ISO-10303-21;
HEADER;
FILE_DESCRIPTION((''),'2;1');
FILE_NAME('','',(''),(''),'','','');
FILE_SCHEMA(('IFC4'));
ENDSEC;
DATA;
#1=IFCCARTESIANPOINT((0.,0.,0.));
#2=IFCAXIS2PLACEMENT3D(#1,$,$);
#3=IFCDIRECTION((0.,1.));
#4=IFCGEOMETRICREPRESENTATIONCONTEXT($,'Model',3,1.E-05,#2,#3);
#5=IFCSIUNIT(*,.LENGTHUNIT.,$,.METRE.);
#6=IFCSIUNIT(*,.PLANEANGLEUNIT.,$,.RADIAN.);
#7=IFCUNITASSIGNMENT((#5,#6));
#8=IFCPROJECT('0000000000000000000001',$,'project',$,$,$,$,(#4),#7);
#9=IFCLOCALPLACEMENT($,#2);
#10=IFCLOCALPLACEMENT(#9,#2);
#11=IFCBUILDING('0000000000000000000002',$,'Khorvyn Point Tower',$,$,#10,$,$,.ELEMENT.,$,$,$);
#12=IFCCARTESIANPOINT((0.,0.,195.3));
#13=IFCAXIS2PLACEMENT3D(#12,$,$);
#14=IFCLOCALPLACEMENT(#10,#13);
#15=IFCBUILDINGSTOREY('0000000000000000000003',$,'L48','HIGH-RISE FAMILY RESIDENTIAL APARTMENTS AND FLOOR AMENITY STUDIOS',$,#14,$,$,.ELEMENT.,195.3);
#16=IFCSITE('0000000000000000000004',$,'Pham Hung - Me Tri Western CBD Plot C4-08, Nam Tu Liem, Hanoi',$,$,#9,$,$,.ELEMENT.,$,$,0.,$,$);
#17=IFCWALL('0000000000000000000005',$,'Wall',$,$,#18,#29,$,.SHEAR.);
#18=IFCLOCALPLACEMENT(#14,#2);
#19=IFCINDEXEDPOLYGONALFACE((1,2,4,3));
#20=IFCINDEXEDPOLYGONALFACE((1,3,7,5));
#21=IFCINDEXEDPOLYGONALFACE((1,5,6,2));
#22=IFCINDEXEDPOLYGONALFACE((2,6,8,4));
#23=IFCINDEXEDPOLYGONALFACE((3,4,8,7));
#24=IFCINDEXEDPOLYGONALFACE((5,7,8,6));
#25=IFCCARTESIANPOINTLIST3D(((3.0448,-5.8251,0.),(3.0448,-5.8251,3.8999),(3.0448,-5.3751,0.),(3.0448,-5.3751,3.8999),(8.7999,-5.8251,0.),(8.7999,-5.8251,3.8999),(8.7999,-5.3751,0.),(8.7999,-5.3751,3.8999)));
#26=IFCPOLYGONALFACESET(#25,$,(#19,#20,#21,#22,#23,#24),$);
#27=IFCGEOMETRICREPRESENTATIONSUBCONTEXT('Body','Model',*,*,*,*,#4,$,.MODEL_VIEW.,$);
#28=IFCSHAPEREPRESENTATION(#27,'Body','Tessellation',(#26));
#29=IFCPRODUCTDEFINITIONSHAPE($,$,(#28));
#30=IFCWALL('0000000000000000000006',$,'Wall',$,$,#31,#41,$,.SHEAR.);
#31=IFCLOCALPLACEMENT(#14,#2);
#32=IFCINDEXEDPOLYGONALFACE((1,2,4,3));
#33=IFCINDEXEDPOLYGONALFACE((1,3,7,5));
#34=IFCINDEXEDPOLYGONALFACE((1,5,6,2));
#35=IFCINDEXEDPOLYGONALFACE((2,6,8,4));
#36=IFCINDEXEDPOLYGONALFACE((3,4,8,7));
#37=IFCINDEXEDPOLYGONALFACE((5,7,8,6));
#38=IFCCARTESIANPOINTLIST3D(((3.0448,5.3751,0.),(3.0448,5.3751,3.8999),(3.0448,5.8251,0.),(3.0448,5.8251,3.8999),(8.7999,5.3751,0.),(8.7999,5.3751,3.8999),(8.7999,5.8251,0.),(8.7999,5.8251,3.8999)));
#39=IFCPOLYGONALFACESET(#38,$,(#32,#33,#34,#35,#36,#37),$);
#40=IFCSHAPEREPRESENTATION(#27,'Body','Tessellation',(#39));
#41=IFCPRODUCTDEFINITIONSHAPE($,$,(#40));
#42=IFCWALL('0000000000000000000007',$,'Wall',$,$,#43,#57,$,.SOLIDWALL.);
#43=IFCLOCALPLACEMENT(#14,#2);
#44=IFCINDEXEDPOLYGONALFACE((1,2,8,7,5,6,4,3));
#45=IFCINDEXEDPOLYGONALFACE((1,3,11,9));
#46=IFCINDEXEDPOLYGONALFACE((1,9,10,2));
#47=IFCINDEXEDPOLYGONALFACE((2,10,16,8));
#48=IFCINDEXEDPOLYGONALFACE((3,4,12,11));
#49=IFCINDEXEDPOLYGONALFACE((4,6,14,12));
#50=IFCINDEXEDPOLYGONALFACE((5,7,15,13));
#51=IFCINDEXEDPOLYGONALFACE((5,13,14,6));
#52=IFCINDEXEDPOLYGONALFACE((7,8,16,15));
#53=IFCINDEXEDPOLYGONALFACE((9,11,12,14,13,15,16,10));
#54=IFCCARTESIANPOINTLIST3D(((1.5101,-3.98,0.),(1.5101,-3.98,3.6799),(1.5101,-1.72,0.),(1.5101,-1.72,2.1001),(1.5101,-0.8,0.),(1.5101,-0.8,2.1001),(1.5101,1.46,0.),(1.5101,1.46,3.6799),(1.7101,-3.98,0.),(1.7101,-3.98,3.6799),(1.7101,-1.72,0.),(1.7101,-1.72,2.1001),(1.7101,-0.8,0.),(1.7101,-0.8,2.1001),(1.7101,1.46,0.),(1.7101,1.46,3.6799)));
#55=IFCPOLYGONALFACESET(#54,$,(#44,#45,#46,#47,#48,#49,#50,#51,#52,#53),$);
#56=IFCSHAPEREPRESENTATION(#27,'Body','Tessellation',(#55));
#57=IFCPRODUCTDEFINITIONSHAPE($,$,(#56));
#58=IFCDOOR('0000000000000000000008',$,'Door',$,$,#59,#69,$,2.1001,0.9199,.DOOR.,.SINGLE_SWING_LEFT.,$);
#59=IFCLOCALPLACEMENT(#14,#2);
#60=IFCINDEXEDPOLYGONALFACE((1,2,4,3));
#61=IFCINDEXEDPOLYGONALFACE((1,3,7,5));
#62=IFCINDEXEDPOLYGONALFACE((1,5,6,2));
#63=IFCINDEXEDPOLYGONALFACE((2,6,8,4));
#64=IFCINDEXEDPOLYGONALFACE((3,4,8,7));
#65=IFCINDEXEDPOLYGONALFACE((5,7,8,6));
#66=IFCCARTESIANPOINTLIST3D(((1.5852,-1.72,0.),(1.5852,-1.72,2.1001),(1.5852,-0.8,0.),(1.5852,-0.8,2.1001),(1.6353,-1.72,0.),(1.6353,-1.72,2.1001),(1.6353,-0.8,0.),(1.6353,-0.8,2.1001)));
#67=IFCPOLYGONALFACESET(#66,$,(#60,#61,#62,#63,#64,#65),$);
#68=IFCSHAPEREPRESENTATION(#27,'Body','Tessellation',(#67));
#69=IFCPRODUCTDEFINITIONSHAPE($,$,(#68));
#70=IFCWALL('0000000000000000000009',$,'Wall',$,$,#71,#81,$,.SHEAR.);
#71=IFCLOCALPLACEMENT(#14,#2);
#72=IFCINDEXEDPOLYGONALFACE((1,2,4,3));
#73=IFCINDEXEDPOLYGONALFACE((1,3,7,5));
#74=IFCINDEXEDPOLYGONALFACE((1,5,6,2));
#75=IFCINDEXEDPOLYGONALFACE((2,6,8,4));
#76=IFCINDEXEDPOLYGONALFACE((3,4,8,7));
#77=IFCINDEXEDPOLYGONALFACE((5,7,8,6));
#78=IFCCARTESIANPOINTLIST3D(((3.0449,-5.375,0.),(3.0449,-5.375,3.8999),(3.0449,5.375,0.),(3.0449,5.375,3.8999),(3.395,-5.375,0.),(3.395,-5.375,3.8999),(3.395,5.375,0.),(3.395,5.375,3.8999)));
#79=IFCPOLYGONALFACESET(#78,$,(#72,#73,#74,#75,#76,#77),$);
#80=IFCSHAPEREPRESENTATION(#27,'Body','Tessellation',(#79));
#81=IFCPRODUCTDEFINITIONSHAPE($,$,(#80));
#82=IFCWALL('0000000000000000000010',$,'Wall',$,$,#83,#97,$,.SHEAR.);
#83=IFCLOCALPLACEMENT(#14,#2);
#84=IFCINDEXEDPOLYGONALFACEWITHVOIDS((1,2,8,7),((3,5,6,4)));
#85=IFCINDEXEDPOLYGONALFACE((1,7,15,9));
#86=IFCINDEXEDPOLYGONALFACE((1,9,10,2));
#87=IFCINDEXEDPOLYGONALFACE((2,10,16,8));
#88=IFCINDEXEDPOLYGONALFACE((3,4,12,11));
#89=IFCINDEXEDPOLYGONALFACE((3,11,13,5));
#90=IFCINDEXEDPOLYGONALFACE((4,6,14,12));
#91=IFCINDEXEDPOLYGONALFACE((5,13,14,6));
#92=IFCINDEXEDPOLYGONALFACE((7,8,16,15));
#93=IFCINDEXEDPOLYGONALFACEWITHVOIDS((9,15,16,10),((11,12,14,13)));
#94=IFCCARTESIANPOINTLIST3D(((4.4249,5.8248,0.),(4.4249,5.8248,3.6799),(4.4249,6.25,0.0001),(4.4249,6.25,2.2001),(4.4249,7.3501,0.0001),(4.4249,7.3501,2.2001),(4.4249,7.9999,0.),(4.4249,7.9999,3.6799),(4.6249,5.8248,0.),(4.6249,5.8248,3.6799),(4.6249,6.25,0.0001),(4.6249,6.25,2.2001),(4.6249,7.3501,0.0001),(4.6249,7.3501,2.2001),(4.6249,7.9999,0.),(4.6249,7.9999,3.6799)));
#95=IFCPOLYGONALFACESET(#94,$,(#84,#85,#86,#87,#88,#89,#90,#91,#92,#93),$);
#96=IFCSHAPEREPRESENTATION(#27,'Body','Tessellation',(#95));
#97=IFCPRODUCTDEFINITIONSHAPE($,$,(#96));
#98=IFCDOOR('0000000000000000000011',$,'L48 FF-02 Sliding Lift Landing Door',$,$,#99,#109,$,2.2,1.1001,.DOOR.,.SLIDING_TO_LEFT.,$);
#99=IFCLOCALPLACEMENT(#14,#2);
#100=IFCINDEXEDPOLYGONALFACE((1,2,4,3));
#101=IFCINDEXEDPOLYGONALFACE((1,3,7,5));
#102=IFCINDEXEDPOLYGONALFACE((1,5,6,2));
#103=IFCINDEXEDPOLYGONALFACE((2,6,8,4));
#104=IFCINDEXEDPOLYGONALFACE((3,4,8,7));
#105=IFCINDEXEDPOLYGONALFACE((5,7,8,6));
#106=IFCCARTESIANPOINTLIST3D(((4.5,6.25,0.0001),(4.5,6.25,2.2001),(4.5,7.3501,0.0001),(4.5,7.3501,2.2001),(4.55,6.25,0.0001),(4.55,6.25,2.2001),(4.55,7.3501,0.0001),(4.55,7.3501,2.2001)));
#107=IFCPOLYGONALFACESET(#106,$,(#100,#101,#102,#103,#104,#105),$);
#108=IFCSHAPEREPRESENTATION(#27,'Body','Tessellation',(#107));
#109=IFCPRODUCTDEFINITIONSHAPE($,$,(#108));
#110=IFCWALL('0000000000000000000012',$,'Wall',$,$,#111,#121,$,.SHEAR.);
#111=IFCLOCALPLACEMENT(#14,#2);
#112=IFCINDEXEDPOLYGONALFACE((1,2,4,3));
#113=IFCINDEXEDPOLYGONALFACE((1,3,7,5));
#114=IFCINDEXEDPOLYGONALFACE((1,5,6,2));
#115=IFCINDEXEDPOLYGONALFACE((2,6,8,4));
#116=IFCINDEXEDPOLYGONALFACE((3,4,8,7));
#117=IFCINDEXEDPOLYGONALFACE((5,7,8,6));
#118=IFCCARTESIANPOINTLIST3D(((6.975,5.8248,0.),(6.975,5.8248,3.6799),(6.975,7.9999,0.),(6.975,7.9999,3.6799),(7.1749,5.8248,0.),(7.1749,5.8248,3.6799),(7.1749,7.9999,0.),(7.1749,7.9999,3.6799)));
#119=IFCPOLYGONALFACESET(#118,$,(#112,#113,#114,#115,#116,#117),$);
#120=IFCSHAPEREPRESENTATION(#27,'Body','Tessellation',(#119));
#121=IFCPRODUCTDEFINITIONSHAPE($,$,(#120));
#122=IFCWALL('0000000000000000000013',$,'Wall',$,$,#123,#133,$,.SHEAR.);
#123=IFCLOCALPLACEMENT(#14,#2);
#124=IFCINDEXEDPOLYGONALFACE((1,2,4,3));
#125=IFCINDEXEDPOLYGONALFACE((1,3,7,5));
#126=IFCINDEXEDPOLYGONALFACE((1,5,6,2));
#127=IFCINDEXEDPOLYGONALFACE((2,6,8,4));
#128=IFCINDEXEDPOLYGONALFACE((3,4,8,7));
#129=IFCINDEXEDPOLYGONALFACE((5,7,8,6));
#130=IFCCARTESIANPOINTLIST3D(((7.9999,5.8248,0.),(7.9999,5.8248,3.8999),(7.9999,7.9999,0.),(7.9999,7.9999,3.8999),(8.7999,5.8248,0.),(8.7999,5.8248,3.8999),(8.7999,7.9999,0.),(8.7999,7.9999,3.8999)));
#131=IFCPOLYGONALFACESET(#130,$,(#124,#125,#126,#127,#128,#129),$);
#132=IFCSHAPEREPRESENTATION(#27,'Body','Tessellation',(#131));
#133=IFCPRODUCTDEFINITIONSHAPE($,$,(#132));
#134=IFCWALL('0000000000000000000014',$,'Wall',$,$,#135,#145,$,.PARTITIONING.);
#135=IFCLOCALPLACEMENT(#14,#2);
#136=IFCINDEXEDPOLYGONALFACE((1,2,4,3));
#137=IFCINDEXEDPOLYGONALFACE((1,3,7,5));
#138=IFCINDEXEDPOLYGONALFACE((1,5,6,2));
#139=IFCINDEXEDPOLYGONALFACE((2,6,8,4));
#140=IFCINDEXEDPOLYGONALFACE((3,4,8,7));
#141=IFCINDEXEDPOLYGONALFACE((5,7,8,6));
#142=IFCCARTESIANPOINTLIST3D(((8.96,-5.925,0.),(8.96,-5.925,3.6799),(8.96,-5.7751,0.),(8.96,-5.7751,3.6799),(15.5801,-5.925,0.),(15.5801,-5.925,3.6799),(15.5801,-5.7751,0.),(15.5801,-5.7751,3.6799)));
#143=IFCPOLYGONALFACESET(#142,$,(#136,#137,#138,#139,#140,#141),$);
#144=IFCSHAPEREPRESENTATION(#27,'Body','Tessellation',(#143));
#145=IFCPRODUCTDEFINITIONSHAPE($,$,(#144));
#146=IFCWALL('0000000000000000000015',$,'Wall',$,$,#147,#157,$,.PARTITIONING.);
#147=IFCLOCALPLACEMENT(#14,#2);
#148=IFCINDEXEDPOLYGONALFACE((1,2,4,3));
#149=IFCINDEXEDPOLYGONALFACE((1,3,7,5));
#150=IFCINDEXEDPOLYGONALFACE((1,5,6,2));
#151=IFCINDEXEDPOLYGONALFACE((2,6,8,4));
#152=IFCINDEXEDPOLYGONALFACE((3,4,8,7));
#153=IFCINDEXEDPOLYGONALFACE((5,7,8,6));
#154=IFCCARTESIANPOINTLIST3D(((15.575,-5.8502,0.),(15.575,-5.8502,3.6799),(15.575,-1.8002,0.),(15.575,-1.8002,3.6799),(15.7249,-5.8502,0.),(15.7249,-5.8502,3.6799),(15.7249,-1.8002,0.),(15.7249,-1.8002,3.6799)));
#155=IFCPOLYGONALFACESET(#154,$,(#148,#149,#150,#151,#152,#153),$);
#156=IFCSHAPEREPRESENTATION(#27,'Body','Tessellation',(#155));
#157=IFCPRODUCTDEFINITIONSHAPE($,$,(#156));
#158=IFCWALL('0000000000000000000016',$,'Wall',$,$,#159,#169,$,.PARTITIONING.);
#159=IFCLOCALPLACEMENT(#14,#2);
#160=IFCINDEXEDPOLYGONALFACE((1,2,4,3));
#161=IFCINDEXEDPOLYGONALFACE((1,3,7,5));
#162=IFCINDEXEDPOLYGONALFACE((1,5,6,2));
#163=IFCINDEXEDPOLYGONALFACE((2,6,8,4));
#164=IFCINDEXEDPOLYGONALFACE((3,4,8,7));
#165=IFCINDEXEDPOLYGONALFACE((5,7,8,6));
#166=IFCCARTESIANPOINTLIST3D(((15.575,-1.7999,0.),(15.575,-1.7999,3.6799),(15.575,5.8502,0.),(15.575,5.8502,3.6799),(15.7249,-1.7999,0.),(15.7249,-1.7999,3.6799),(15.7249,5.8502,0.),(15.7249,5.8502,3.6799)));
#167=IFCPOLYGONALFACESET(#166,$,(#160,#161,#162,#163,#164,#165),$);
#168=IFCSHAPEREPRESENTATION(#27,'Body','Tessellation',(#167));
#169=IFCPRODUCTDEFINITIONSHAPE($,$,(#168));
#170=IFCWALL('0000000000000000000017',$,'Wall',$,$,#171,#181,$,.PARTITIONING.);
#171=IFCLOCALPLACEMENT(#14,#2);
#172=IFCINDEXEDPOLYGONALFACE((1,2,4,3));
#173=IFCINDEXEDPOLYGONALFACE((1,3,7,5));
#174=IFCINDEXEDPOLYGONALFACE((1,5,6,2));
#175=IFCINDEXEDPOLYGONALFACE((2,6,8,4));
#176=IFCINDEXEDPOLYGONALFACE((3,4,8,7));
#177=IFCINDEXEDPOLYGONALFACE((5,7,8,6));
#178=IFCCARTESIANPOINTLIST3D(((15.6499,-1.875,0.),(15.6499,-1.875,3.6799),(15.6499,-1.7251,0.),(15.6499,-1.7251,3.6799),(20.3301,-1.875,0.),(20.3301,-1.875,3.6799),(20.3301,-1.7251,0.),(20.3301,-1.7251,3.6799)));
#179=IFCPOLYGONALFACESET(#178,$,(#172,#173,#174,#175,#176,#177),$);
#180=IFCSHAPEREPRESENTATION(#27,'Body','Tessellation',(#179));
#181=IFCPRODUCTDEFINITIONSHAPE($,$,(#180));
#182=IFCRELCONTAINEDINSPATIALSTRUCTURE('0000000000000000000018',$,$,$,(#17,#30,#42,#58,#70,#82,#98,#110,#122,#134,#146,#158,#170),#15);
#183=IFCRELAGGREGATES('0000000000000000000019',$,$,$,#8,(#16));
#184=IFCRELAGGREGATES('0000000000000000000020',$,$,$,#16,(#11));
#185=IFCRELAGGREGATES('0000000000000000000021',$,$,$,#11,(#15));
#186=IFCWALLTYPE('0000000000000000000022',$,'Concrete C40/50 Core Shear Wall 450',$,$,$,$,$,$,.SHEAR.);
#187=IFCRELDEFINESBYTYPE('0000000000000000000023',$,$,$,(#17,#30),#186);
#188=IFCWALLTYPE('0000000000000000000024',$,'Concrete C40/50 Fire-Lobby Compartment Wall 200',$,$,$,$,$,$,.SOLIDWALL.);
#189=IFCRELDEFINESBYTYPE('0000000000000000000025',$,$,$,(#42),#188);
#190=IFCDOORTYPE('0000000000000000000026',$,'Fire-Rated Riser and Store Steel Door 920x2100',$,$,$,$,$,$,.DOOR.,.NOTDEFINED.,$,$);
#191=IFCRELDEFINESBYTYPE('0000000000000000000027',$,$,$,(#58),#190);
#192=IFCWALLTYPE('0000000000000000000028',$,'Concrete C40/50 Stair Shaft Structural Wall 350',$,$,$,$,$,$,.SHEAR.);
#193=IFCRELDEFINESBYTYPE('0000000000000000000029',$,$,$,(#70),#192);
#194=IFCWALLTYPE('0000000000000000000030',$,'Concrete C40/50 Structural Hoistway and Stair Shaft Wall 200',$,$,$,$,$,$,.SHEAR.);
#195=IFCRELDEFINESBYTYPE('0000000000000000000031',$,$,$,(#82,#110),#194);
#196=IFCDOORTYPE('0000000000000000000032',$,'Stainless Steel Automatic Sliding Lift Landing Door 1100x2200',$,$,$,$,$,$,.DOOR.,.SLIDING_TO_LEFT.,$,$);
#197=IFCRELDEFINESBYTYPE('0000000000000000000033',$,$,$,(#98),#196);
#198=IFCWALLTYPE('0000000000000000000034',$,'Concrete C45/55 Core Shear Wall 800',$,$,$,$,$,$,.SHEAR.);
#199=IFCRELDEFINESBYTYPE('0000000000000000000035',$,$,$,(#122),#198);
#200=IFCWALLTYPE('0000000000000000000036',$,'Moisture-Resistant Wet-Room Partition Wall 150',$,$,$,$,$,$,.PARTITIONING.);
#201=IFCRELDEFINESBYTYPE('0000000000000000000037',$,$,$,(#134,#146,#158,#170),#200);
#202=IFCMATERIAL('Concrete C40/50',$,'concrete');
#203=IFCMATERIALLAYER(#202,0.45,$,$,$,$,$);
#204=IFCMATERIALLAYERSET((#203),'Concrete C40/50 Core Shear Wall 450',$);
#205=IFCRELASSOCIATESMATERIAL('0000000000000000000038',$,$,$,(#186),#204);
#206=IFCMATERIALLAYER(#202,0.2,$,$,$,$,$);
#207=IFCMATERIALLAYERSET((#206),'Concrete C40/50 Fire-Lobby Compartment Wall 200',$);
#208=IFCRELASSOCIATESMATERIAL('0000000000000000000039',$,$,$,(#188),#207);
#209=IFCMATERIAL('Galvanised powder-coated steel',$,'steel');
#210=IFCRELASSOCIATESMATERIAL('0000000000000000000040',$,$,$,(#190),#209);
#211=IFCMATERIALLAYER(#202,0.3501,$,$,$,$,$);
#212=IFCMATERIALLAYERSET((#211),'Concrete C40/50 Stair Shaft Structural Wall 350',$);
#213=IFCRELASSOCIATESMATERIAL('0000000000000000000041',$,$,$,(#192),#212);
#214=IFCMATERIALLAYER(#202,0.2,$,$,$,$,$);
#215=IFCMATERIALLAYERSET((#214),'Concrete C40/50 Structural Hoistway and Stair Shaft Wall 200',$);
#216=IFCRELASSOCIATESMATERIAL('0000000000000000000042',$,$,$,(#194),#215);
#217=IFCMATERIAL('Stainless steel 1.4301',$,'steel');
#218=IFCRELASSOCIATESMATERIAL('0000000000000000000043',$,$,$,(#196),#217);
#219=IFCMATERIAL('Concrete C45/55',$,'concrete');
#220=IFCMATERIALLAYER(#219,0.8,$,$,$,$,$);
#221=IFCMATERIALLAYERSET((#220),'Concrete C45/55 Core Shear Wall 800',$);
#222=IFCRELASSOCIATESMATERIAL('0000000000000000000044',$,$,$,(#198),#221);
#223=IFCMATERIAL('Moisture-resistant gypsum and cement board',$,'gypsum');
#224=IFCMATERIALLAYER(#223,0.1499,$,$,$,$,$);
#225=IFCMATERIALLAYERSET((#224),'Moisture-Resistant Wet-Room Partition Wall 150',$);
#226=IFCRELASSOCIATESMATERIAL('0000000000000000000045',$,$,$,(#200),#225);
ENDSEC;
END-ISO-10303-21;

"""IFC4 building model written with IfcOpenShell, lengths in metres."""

from ifc_helpers import new_model, si_unit, direction, frame, frame_2d, origin, place, context, subcontext, project, spatial, rectangle, extrude, material, layer, layer_set, type_object, element, fill, save


model = new_model("IFC4")

# Units and contexts
model_context = context("Model", 3, precision=1e-05, world=origin(), true_north=direction((0.0, 1.0)))
body_context = subcontext(model_context, "Body", "Model", "MODEL_VIEW")
ifc_project = project(units=[si_unit("LENGTHUNIT", "METRE"), si_unit("PLANEANGLEUNIT", "RADIAN")], contexts=[model_context])

# Site, building, storey
site_placement = place(None, origin())
site = spatial("IfcSite", under=ifc_project, at=site_placement, Name="Pham Hung - Me Tri Western CBD Plot C4-08, Nam Tu Liem, Hanoi", CompositionType="ELEMENT", RefElevation=0.0)
building_placement = place(site_placement, origin())
building = spatial("IfcBuilding", under=site, at=building_placement, Name="Khorvyn Point Tower", CompositionType="ELEMENT")
storey_placement = place(building_placement, frame((0.0, 0.0, 195.3)))
storey = spatial("IfcBuildingStorey", under=building, at=storey_placement, Name="L48", Description="HIGH-RISE FAMILY RESIDENTIAL APARTMENTS AND FLOOR AMENITY STUDIOS", CompositionType="ELEMENT", Elevation=195.3)

# Shared definitions
ifc_material_1 = material(Name="Concrete C40/50", Category="concrete")

# Walls
ifc_layer_1 = layer(ifc_material_1, 0.45)
ifc_layer_set_1 = layer_set([ifc_layer_1], Name="Concrete C40/50 Core Shear Wall 450")
wall_type_1 = type_object("IfcWallType", Name="Concrete C40/50 Core Shear Wall 450", PredefinedType="SHEAR", material=ifc_layer_set_1)
for number, where, z_axis, x_axis, name in (
    (1, (3.0449, -5.6001, 0.0), (0.0, 0.0, 1.0), (1.0, 0.0, 0.0), "Wall"),
    (2, (3.0449, 5.6001, 0.0), (0.0, 0.0, 1.0), (1.0, 0.0, 0.0), "Wall"),
):
    element("IfcWall", number, at=place(storey_placement, frame(where, z_axis=z_axis, x_axis=x_axis)), inside=storey, type_object=wall_type_1, Name=name, PredefinedType="SHEAR", context=body_context, shape_type="SweptSolid", body=[
        extrude(rectangle(XDim=5.7551, YDim=0.45, at=frame_2d((2.8774, 0.0))), origin(), (0.0, 0.0, 1.0), 3.8999),
    ])

# Wall, opening, door
ifc_layer_2 = layer(ifc_material_1, 0.2)
ifc_layer_set_2 = layer_set([ifc_layer_2], Name="Concrete C40/50 Fire-Lobby Compartment Wall 200")
wall_type_2 = type_object("IfcWallType", Name="Concrete C40/50 Fire-Lobby Compartment Wall 200", PredefinedType="SOLIDWALL", material=ifc_layer_set_2)
wall_1_placement = place(storey_placement, frame((1.6101, -3.98, 0.0), z_axis=(0.0, 0.0, 1.0), x_axis=(0.0, 1.0, 0.0)))
wall_1 = element("IfcWall", 3, at=wall_1_placement, inside=storey, type_object=wall_type_2, Name="Wall", PredefinedType="SOLIDWALL", context=body_context, shape_type="SweptSolid", body=[
    extrude(rectangle(XDim=5.4399, YDim=0.2, at=frame_2d((2.72, 0.0))), origin(), (0.0, 0.0, 1.0), 3.6799),
])
opening_1_placement = place(wall_1_placement, frame((2.26, 0.0, 0.0)))
opening_1 = element("IfcOpeningElement", 4, at=opening_1_placement, cuts=wall_1, PredefinedType="OPENING", context=body_context, shape_type="SweptSolid", body=[
    extrude(rectangle(XDim=0.9199, YDim=2.1001, at=frame_2d((0.46, 1.05))), frame((0.0, 0.1099, 0.0), z_axis=(0.0, -1.0, 0.0), x_axis=(1.0, 0.0, 0.0)), (0.0, 0.0, 1.0), 0.22),
])
ifc_material_2 = material(Name="Galvanised powder-coated steel", Category="steel")
door_type_1 = type_object("IfcDoorType", Name="Fire-Rated Riser and Store Steel Door 920x2100", OperationType="NOTDEFINED", PredefinedType="DOOR", material=ifc_material_2)
door_1_placement = place(opening_1_placement, origin())
door_1 = element("IfcDoor", 5, at=door_1_placement, inside=storey, type_object=door_type_1, Name="Door", OperationType="SINGLE_SWING_LEFT", OverallHeight=2.1001, OverallWidth=0.9199, PredefinedType="DOOR", context=body_context, shape_type="SweptSolid", body=[
    extrude(rectangle(XDim=0.9199, YDim=2.1001, at=frame_2d((0.46, 1.05))), frame((0.0, 0.0249, 0.0), z_axis=(0.0, -1.0, 0.0), x_axis=(1.0, 0.0, 0.0)), (0.0, 0.0, 1.0), 0.05),
])
fill(opening_1, door_1)

# Wall
ifc_layer_3 = layer(ifc_material_1, 0.3501)
ifc_layer_set_3 = layer_set([ifc_layer_3], Name="Concrete C40/50 Stair Shaft Structural Wall 350")
wall_type_3 = type_object("IfcWallType", Name="Concrete C40/50 Stair Shaft Structural Wall 350", PredefinedType="SHEAR", material=ifc_layer_set_3)
wall_2_placement = place(storey_placement, frame((3.22, -5.375, 0.0), z_axis=(0.0, 0.0, 1.0), x_axis=(0.0, 1.0, 0.0)))
element("IfcWall", 6, at=wall_2_placement, inside=storey, type_object=wall_type_3, Name="Wall", PredefinedType="SHEAR", context=body_context, shape_type="SweptSolid", body=[
    extrude(rectangle(XDim=10.75, YDim=0.3501, at=frame_2d((5.375, 0.0))), origin(), (0.0, 0.0, 1.0), 3.8999),
])

# Wall, opening, door
ifc_layer_4 = layer(ifc_material_1, 0.2)
ifc_layer_set_4 = layer_set([ifc_layer_4], Name="Concrete C40/50 Structural Hoistway and Stair Shaft Wall 200")
wall_type_4 = type_object("IfcWallType", Name="Concrete C40/50 Structural Hoistway and Stair Shaft Wall 200", PredefinedType="SHEAR", material=ifc_layer_set_4)
wall_3_placement = place(storey_placement, frame((4.5249, 5.825, 0.0), z_axis=(0.0, 0.0, 1.0), x_axis=(0.0, 1.0, 0.0)))
wall_3 = element("IfcWall", 7, at=wall_3_placement, inside=storey, type_object=wall_type_4, Name="Wall", PredefinedType="SHEAR", context=body_context, shape_type="SweptSolid", body=[
    extrude(rectangle(XDim=2.175, YDim=0.2, at=frame_2d((1.0874, 0.0))), origin(), (0.0, 0.0, 1.0), 3.6799),
])
opening_2_placement = place(wall_3_placement, frame((0.425, 0.0, 0.0)))
opening_2 = element("IfcOpeningElement", 8, at=opening_2_placement, cuts=wall_3, PredefinedType="OPENING", context=body_context, shape_type="SweptSolid", body=[
    extrude(rectangle(XDim=1.1001, YDim=2.2, at=frame_2d((0.55, 1.1001))), frame((0.0, 0.1099, 0.0), z_axis=(0.0, -1.0, 0.0), x_axis=(1.0, 0.0, 0.0)), (0.0, 0.0, 1.0), 0.22),
])
ifc_material_3 = material(Name="Stainless steel 1.4301", Category="steel")
door_type_2 = type_object("IfcDoorType", Name="Stainless Steel Automatic Sliding Lift Landing Door 1100x2200", OperationType="SLIDING_TO_LEFT", PredefinedType="DOOR", material=ifc_material_3)
door_2_placement = place(opening_2_placement, origin())
door_2 = element("IfcDoor", 9, at=door_2_placement, inside=storey, type_object=door_type_2, Name="L48 FF-02 Sliding Lift Landing Door", OperationType="SLIDING_TO_LEFT", OverallHeight=2.2, OverallWidth=1.1001, PredefinedType="DOOR", context=body_context, shape_type="SweptSolid", body=[
    extrude(rectangle(XDim=1.1001, YDim=2.2, at=frame_2d((0.55, 1.1001))), frame((0.0, 0.0249, 0.0), z_axis=(0.0, -1.0, 0.0), x_axis=(1.0, 0.0, 0.0)), (0.0, 0.0, 1.0), 0.05),
])
fill(opening_2, door_2)

# Walls
wall_4_placement = place(storey_placement, frame((7.075, 5.825, 0.0), z_axis=(0.0, 0.0, 1.0), x_axis=(0.0, 1.0, 0.0)))
element("IfcWall", 10, at=wall_4_placement, inside=storey, type_object=wall_type_4, Name="Wall", PredefinedType="SHEAR", context=body_context, shape_type="SweptSolid", body=[
    extrude(rectangle(XDim=2.175, YDim=0.2, at=frame_2d((1.0874, 0.0))), origin(), (0.0, 0.0, 1.0), 3.6799),
])
ifc_material_4 = material(Name="Concrete C45/55", Category="concrete")
ifc_layer_5 = layer(ifc_material_4, 0.8)
ifc_layer_set_5 = layer_set([ifc_layer_5], Name="Concrete C45/55 Core Shear Wall 800")
wall_type_5 = type_object("IfcWallType", Name="Concrete C45/55 Core Shear Wall 800", PredefinedType="SHEAR", material=ifc_layer_set_5)
wall_5_placement = place(storey_placement, frame((8.3999, 5.825, 0.0), z_axis=(0.0, 0.0, 1.0), x_axis=(0.0, 1.0, 0.0)))
element("IfcWall", 11, at=wall_5_placement, inside=storey, type_object=wall_type_5, Name="Wall", PredefinedType="SHEAR", context=body_context, shape_type="SweptSolid", body=[
    extrude(rectangle(XDim=2.175, YDim=0.8, at=frame_2d((1.0874, 0.0))), origin(), (0.0, 0.0, 1.0), 3.8999),
])
ifc_material_5 = material(Name="Moisture-resistant gypsum and cement board", Category="gypsum")
ifc_layer_6 = layer(ifc_material_5, 0.1499)
ifc_layer_set_6 = layer_set([ifc_layer_6], Name="Moisture-Resistant Wet-Room Partition Wall 150")
wall_type_6 = type_object("IfcWallType", Name="Moisture-Resistant Wet-Room Partition Wall 150", PredefinedType="PARTITIONING", material=ifc_layer_set_6)
wall_6_placement = place(storey_placement, frame((8.96, -5.8501, 0.0), z_axis=(0.0, 0.0, 1.0), x_axis=(1.0, 0.0, 0.0)))
element("IfcWall", 12, at=wall_6_placement, inside=storey, type_object=wall_type_6, Name="Wall", PredefinedType="PARTITIONING", context=body_context, shape_type="SweptSolid", body=[
    extrude(rectangle(XDim=6.6201, YDim=0.1499, at=frame_2d((3.3101, 0.0))), origin(), (0.0, 0.0, 1.0), 3.6799),
])
wall_7_placement = place(storey_placement, frame((15.6499, -5.8501, 0.0), z_axis=(0.0, 0.0, 1.0), x_axis=(0.0, 1.0, 0.0)))
element("IfcWall", 13, at=wall_7_placement, inside=storey, type_object=wall_type_6, Name="Wall", PredefinedType="PARTITIONING", context=body_context, shape_type="SweptSolid", body=[
    extrude(rectangle(XDim=4.05, YDim=0.1499, at=frame_2d((2.0249, 0.0))), origin(), (0.0, 0.0, 1.0), 3.6799),
])
wall_8_placement = place(storey_placement, frame((15.6499, -1.8, 0.0), z_axis=(0.0, 0.0, 1.0), x_axis=(0.0, 1.0, 0.0)))
element("IfcWall", 14, at=wall_8_placement, inside=storey, type_object=wall_type_6, Name="Wall", PredefinedType="PARTITIONING", context=body_context, shape_type="SweptSolid", body=[
    extrude(rectangle(XDim=7.6501, YDim=0.1499, at=frame_2d((3.8252, 0.0))), origin(), (0.0, 0.0, 1.0), 3.6799),
])
wall_9_placement = place(storey_placement, frame((15.6499, -1.8, 0.0), z_axis=(0.0, 0.0, 1.0), x_axis=(1.0, 0.0, 0.0)))
element("IfcWall", 15, at=wall_9_placement, inside=storey, type_object=wall_type_6, Name="Wall", PredefinedType="PARTITIONING", context=body_context, shape_type="SweptSolid", body=[
    extrude(rectangle(XDim=4.6802, YDim=0.1499, at=frame_2d((2.3401, 0.0))), origin(), (0.0, 0.0, 1.0), 3.6799),
])

save(model, "model.ifc")
